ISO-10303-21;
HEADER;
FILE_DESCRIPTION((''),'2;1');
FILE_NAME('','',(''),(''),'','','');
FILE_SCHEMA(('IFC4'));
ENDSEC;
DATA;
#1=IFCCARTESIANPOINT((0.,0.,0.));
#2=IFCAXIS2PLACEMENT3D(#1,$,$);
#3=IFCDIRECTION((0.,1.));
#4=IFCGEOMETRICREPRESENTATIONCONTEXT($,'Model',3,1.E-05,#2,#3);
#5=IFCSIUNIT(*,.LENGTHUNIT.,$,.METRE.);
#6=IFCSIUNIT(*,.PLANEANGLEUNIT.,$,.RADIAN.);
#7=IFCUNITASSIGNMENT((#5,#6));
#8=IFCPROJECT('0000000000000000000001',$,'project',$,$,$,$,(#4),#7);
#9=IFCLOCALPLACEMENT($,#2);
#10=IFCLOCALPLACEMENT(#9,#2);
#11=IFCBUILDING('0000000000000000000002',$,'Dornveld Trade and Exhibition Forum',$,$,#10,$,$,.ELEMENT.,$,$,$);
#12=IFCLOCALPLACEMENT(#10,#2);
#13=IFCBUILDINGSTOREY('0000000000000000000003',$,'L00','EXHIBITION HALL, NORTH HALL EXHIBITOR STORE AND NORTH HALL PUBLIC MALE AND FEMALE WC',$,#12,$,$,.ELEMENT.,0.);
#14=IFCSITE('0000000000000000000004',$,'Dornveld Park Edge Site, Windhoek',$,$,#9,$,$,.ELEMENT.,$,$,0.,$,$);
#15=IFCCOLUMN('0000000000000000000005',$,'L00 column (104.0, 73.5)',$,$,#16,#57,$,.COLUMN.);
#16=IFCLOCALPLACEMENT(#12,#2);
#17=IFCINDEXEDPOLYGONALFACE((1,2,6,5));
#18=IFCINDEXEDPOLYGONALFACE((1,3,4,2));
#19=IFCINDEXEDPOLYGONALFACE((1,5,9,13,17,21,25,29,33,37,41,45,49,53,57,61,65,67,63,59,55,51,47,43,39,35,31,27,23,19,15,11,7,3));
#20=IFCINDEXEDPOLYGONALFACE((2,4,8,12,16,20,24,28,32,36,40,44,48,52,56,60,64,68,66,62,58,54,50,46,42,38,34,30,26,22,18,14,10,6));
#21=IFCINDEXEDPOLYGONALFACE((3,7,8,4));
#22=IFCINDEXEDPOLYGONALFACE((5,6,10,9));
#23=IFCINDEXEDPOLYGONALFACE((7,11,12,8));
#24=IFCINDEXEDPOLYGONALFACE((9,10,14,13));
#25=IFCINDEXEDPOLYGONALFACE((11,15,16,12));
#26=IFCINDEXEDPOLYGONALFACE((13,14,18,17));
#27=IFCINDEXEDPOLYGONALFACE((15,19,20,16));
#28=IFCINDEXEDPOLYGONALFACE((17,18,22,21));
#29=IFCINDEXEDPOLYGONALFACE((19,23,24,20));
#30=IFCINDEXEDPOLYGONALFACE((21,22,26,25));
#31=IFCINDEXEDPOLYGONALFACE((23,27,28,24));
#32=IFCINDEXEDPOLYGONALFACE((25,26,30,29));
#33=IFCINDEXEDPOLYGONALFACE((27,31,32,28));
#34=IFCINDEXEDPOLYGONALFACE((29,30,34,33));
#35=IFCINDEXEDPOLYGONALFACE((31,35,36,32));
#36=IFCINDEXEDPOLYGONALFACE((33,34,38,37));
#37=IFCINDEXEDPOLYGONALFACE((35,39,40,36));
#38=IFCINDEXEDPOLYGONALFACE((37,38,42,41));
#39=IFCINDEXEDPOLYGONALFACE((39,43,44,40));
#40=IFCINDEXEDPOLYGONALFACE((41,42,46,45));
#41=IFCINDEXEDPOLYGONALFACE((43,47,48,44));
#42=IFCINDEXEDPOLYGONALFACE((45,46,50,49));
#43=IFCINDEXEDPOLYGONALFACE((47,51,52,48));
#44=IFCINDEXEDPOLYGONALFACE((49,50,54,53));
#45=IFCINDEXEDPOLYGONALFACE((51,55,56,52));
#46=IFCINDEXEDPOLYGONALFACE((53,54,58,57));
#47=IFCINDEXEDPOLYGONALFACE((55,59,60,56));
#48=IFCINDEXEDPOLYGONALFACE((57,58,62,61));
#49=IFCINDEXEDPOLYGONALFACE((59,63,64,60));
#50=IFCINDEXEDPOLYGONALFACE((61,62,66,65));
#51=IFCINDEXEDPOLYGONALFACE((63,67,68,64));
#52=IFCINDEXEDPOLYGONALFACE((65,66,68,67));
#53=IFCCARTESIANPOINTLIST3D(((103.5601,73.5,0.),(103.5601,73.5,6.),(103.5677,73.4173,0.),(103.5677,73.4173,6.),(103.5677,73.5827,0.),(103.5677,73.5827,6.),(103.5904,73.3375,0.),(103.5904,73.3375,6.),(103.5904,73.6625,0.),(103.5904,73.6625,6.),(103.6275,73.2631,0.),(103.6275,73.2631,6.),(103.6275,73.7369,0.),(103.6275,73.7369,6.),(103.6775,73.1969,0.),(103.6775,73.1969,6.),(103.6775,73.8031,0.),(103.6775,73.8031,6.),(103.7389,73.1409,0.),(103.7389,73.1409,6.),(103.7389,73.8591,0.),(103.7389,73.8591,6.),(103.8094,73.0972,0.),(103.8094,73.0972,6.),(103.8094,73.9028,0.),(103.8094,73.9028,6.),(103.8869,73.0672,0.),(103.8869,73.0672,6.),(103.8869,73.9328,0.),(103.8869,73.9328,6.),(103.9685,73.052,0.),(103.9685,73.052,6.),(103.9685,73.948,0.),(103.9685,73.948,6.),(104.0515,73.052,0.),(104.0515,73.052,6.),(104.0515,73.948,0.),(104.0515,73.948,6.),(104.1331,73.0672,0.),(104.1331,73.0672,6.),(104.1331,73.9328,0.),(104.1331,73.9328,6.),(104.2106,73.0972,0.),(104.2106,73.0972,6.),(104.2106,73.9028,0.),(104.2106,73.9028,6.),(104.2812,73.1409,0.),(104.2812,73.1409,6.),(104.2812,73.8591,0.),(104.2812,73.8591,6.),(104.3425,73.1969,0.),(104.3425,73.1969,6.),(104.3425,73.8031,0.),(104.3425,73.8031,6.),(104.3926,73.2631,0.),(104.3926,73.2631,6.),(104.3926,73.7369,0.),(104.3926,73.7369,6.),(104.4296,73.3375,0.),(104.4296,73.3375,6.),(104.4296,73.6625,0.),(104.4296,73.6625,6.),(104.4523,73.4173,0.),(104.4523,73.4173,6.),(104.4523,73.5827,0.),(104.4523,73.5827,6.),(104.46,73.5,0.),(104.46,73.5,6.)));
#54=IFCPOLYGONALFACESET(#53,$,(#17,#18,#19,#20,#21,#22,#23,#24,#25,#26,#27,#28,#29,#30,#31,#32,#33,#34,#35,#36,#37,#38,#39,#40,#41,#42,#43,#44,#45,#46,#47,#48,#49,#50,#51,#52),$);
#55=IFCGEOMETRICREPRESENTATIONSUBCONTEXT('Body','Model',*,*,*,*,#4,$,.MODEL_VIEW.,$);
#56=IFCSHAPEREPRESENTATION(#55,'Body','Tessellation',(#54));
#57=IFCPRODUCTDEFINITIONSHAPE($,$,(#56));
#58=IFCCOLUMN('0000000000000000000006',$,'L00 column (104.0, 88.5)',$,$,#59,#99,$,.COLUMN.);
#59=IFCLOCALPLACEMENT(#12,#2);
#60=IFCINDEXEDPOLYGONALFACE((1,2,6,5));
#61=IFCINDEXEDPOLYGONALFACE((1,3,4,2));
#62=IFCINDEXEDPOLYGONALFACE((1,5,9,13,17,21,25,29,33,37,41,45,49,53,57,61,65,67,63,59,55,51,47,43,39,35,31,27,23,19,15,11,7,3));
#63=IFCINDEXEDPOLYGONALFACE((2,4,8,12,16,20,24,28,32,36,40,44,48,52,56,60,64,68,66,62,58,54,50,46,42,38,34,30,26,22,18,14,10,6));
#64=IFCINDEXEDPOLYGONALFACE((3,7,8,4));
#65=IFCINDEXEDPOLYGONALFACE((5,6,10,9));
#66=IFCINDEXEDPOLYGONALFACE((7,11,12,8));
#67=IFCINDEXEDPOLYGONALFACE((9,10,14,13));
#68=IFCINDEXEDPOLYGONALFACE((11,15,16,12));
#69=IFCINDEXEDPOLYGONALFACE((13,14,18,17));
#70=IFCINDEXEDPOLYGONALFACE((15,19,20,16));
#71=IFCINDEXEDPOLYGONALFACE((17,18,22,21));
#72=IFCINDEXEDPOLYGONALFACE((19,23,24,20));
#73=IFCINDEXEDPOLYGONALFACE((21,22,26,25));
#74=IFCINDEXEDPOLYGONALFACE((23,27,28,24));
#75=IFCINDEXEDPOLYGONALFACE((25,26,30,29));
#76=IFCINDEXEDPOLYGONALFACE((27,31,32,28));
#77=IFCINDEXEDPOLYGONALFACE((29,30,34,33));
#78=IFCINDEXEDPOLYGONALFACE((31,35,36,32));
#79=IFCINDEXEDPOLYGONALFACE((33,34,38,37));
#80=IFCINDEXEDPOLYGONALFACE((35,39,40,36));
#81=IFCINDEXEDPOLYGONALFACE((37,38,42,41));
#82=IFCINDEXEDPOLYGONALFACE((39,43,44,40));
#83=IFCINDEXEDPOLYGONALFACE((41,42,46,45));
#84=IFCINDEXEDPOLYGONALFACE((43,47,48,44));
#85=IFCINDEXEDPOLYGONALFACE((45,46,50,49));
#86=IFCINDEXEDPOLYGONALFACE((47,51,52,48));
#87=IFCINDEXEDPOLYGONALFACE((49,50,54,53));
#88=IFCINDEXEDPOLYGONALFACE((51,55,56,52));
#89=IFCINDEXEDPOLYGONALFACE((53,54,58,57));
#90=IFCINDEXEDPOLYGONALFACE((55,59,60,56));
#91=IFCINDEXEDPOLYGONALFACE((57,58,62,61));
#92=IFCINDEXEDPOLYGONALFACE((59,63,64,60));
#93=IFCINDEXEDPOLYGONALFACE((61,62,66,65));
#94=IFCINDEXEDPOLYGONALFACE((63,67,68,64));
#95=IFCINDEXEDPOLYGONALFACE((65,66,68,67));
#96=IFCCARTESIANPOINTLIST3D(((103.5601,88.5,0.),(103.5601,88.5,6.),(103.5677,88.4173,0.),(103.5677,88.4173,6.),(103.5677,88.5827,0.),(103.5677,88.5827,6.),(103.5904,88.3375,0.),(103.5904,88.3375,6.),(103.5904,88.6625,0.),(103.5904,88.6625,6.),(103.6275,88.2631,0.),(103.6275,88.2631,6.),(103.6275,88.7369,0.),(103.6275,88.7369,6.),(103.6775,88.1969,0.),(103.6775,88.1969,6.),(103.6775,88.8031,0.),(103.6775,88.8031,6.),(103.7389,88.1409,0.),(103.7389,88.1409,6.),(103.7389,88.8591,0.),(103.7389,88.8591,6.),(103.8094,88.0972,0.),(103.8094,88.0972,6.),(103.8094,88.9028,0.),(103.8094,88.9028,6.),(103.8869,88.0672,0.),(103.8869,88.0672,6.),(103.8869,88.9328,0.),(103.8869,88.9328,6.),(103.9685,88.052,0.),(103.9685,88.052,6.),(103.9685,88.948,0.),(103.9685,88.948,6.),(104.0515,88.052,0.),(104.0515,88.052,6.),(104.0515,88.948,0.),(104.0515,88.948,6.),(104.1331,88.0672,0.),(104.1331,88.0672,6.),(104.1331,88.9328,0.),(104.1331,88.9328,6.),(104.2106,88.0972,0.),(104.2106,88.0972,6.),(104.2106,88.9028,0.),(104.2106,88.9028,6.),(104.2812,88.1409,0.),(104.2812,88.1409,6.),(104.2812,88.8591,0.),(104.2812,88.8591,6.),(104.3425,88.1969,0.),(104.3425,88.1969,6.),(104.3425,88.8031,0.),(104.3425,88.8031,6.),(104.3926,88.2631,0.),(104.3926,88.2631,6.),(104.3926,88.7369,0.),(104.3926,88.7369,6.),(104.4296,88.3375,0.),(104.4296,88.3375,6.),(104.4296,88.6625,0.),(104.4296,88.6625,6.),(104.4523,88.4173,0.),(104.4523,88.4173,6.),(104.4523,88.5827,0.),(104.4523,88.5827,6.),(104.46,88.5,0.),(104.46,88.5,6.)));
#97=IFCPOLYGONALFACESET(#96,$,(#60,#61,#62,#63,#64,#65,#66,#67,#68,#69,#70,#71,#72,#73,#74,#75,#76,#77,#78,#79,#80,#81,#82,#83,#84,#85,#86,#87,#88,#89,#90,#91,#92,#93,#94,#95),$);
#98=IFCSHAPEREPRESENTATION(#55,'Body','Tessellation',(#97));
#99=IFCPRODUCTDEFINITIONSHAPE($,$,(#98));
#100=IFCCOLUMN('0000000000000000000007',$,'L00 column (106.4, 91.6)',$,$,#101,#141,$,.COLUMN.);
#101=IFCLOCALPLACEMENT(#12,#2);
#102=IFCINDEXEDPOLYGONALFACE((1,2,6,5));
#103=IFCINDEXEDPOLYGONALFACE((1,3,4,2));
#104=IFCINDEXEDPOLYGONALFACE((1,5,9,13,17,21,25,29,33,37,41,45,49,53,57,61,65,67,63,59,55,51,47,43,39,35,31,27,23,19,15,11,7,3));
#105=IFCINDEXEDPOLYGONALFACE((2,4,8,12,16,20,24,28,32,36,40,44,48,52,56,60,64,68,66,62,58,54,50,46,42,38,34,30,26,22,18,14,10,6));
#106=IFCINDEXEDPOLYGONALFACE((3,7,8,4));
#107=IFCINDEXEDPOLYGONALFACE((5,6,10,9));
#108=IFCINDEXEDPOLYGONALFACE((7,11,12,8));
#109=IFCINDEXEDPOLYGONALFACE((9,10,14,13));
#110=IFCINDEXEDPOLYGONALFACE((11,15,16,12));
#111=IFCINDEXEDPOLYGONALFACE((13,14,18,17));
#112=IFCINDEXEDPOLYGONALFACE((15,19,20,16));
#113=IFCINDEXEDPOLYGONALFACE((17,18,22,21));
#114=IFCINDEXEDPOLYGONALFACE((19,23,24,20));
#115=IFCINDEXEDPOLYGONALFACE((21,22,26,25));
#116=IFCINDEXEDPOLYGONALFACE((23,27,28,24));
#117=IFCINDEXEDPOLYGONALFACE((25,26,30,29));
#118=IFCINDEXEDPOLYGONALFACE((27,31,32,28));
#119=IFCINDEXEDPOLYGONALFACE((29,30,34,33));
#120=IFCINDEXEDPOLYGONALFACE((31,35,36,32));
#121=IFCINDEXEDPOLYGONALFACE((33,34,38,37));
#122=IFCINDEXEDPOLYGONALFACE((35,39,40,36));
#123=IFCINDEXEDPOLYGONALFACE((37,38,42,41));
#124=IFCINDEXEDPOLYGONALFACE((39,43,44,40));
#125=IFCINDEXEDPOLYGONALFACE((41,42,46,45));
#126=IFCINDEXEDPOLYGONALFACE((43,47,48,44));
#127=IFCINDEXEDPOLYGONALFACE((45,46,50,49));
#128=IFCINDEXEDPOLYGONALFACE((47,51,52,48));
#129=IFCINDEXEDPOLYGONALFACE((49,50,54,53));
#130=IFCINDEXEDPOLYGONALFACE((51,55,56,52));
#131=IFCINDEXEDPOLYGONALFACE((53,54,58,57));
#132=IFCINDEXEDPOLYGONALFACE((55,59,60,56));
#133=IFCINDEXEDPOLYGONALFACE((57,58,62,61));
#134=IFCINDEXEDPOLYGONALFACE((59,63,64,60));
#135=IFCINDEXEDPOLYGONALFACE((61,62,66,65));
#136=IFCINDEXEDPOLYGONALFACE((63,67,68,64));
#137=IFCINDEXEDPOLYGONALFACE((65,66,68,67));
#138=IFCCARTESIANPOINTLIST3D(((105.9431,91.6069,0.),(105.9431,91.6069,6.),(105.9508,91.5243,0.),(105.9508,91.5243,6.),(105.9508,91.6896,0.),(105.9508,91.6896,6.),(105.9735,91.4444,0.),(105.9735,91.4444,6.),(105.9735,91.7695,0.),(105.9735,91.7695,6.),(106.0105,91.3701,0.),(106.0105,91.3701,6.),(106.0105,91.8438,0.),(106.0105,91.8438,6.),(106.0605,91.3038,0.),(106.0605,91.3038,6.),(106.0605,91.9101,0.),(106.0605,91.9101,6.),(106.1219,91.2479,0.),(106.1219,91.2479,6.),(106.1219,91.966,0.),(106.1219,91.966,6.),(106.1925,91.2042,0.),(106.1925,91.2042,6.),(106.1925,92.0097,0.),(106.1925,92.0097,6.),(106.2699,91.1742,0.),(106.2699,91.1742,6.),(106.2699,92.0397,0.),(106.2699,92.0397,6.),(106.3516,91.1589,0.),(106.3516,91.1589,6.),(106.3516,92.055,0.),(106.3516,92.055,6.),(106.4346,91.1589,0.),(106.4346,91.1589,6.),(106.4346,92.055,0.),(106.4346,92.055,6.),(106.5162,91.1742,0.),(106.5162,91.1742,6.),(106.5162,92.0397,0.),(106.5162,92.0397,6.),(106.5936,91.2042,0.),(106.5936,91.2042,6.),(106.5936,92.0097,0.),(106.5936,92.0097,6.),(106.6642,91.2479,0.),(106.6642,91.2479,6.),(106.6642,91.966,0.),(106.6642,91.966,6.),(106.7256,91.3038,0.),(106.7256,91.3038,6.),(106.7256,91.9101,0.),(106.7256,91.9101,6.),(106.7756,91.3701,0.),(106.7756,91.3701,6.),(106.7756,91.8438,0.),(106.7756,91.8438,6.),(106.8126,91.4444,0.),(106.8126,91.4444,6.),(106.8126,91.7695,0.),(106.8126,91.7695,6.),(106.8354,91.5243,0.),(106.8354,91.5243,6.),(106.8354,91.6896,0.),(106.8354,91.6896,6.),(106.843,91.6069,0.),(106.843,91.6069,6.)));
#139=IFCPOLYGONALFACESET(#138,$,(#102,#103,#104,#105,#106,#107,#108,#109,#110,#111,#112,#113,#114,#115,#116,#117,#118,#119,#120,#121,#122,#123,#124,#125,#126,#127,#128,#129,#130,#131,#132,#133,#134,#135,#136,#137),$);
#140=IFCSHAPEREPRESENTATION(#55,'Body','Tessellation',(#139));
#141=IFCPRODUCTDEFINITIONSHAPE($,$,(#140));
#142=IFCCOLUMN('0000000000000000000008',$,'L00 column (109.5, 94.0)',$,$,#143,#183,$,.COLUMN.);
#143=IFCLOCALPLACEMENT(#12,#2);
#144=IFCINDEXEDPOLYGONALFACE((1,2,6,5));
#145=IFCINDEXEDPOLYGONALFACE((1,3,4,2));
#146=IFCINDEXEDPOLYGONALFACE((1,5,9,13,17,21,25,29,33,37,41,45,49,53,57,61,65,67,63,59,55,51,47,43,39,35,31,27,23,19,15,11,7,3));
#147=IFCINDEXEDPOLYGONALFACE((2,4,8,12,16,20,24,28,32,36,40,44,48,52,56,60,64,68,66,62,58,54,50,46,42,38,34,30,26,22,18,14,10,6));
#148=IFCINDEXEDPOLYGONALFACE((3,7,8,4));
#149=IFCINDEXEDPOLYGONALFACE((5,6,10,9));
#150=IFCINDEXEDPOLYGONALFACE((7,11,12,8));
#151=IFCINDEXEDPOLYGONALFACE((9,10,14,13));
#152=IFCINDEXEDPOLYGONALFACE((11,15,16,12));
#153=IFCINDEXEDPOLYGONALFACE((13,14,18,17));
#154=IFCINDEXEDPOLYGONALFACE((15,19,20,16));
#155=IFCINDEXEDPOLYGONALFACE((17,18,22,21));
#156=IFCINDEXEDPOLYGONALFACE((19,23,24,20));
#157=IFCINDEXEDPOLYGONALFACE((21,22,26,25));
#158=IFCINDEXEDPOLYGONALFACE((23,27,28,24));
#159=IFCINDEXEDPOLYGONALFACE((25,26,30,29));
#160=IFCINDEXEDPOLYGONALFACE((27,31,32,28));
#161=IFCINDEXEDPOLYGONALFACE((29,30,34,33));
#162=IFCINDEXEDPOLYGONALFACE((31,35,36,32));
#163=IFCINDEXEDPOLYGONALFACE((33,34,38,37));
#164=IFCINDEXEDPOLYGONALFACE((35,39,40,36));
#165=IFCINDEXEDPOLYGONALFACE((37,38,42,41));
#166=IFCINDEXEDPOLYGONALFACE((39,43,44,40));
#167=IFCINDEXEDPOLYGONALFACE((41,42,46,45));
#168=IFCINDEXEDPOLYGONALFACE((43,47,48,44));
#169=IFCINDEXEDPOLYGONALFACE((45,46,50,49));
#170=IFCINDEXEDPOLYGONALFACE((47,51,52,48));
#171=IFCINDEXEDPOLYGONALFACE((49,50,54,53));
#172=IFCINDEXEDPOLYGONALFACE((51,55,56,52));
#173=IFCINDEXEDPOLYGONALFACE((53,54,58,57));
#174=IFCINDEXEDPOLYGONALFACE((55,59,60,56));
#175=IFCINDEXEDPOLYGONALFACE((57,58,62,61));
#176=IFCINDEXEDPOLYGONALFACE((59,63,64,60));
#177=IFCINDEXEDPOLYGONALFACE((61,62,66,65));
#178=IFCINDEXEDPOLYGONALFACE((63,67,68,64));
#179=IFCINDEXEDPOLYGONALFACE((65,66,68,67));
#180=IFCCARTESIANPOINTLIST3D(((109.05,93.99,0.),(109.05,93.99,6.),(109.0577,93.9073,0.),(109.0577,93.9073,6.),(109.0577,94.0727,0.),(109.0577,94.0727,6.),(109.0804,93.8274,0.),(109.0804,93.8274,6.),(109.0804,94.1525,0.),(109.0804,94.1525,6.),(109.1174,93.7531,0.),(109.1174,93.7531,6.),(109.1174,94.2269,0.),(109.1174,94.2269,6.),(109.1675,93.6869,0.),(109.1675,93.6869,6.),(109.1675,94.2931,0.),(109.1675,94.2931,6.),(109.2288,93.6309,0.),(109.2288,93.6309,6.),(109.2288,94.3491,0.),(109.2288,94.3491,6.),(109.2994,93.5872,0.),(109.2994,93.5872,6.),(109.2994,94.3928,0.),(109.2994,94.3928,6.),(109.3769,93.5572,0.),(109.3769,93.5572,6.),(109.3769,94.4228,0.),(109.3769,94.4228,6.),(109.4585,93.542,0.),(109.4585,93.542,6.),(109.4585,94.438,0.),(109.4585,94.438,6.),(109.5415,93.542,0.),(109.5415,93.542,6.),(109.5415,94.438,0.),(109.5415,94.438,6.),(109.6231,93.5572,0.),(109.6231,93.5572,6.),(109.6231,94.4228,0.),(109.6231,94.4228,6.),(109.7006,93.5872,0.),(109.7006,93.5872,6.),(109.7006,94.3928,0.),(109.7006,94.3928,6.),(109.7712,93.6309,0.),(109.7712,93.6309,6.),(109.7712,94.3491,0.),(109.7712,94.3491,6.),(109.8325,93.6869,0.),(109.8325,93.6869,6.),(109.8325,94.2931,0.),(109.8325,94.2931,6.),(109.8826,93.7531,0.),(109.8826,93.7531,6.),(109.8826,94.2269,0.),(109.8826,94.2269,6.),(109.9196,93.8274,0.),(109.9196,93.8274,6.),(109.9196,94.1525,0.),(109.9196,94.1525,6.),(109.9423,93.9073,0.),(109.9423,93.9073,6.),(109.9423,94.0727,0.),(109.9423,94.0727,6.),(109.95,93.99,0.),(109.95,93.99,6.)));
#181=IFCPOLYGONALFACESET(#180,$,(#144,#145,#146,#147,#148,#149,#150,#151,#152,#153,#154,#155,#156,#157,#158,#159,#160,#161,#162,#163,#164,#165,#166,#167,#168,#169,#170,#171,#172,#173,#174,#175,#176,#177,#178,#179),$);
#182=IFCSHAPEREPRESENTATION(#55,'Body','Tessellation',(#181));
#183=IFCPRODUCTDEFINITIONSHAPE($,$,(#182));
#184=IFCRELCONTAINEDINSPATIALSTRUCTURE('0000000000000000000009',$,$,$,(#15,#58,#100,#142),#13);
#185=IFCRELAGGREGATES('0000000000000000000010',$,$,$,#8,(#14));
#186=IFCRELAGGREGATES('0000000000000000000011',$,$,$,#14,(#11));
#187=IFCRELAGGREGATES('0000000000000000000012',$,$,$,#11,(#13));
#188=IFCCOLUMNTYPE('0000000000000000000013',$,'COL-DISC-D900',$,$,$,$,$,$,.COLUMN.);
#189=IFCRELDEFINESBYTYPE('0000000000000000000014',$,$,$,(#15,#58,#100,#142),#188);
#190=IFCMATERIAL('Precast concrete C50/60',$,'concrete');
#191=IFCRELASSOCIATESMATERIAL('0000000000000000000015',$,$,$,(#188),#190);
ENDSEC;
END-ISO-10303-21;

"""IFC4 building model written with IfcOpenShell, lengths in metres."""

from ifc_helpers import new_model, si_unit, direction, frame, origin, origin_2d, place, context, subcontext, project, spatial, circle, extrude, material, material_profile, profile_set, type_object, element, save


model = new_model("IFC4")

# Units and contexts
model_context = context("Model", 3, precision=1e-05, world=origin(), true_north=direction((0.0, 1.0)))
body_context = subcontext(model_context, "Body", "Model", "MODEL_VIEW")
ifc_project = project(units=[si_unit("LENGTHUNIT", "METRE"), si_unit("PLANEANGLEUNIT", "RADIAN")], contexts=[model_context])

# Site, building, storey
site_placement = place(None, origin())
site = spatial("IfcSite", under=ifc_project, at=site_placement, Name="Dornveld Park Edge Site, Windhoek", CompositionType="ELEMENT", RefElevation=0.0)
building_placement = place(site_placement, origin())
building = spatial("IfcBuilding", under=site, at=building_placement, Name="Dornveld Trade and Exhibition Forum", CompositionType="ELEMENT")
storey_placement = place(building_placement, origin())
storey = spatial("IfcBuildingStorey", under=building, at=storey_placement, Name="L00", Description="EXHIBITION HALL, NORTH HALL EXHIBITOR STORE AND NORTH HALL PUBLIC MALE AND FEMALE WC", CompositionType="ELEMENT", Elevation=0.0)

# Columns
ifc_material_1 = material(Name="Precast concrete C50/60", Category="concrete")
ifc_material_profile_1 = material_profile(ifc_material_1, circle(Radius=0.45, at=origin_2d()), Name="PC-COL D900")
ifc_profile_set_1 = profile_set([ifc_material_profile_1], Name="Precast concrete C50/60")
column_type_1 = type_object("IfcColumnType", Name="COL-DISC-D900", PredefinedType="COLUMN", material=ifc_profile_set_1)
for number, where, z_axis, x_axis, name in (
    (1, (104.01, 73.5, 0.0), (0.0, 0.0, 1.0), (1.0, 0.0, 0.0), "L00 column (104.0, 73.5)"),
    (2, (104.01, 88.5, 0.0), (0.0, 0.0, 1.0), (1.0, 0.0, 0.0), "L00 column (104.0, 88.5)"),
    (3, (106.3931, 91.6069, 0.0), (0.0, 0.0, 1.0), (1.0, 0.0, 0.0), "L00 column (106.4, 91.6)"),
    (4, (109.5, 93.99, 0.0), (0.0, 0.0, 1.0), (1.0, 0.0, 0.0), "L00 column (109.5, 94.0)"),
):
    element("IfcColumn", number, at=place(storey_placement, frame(where, z_axis=z_axis, x_axis=x_axis)), inside=storey, type_object=column_type_1, Name=name, PredefinedType="COLUMN", context=body_context, shape_type="SweptSolid", body=[
        extrude(circle(Radius=0.45, at=origin_2d()), origin(), (0.0, 0.0, 1.0), 6.0),
    ])

save(model, "model.ifc")
